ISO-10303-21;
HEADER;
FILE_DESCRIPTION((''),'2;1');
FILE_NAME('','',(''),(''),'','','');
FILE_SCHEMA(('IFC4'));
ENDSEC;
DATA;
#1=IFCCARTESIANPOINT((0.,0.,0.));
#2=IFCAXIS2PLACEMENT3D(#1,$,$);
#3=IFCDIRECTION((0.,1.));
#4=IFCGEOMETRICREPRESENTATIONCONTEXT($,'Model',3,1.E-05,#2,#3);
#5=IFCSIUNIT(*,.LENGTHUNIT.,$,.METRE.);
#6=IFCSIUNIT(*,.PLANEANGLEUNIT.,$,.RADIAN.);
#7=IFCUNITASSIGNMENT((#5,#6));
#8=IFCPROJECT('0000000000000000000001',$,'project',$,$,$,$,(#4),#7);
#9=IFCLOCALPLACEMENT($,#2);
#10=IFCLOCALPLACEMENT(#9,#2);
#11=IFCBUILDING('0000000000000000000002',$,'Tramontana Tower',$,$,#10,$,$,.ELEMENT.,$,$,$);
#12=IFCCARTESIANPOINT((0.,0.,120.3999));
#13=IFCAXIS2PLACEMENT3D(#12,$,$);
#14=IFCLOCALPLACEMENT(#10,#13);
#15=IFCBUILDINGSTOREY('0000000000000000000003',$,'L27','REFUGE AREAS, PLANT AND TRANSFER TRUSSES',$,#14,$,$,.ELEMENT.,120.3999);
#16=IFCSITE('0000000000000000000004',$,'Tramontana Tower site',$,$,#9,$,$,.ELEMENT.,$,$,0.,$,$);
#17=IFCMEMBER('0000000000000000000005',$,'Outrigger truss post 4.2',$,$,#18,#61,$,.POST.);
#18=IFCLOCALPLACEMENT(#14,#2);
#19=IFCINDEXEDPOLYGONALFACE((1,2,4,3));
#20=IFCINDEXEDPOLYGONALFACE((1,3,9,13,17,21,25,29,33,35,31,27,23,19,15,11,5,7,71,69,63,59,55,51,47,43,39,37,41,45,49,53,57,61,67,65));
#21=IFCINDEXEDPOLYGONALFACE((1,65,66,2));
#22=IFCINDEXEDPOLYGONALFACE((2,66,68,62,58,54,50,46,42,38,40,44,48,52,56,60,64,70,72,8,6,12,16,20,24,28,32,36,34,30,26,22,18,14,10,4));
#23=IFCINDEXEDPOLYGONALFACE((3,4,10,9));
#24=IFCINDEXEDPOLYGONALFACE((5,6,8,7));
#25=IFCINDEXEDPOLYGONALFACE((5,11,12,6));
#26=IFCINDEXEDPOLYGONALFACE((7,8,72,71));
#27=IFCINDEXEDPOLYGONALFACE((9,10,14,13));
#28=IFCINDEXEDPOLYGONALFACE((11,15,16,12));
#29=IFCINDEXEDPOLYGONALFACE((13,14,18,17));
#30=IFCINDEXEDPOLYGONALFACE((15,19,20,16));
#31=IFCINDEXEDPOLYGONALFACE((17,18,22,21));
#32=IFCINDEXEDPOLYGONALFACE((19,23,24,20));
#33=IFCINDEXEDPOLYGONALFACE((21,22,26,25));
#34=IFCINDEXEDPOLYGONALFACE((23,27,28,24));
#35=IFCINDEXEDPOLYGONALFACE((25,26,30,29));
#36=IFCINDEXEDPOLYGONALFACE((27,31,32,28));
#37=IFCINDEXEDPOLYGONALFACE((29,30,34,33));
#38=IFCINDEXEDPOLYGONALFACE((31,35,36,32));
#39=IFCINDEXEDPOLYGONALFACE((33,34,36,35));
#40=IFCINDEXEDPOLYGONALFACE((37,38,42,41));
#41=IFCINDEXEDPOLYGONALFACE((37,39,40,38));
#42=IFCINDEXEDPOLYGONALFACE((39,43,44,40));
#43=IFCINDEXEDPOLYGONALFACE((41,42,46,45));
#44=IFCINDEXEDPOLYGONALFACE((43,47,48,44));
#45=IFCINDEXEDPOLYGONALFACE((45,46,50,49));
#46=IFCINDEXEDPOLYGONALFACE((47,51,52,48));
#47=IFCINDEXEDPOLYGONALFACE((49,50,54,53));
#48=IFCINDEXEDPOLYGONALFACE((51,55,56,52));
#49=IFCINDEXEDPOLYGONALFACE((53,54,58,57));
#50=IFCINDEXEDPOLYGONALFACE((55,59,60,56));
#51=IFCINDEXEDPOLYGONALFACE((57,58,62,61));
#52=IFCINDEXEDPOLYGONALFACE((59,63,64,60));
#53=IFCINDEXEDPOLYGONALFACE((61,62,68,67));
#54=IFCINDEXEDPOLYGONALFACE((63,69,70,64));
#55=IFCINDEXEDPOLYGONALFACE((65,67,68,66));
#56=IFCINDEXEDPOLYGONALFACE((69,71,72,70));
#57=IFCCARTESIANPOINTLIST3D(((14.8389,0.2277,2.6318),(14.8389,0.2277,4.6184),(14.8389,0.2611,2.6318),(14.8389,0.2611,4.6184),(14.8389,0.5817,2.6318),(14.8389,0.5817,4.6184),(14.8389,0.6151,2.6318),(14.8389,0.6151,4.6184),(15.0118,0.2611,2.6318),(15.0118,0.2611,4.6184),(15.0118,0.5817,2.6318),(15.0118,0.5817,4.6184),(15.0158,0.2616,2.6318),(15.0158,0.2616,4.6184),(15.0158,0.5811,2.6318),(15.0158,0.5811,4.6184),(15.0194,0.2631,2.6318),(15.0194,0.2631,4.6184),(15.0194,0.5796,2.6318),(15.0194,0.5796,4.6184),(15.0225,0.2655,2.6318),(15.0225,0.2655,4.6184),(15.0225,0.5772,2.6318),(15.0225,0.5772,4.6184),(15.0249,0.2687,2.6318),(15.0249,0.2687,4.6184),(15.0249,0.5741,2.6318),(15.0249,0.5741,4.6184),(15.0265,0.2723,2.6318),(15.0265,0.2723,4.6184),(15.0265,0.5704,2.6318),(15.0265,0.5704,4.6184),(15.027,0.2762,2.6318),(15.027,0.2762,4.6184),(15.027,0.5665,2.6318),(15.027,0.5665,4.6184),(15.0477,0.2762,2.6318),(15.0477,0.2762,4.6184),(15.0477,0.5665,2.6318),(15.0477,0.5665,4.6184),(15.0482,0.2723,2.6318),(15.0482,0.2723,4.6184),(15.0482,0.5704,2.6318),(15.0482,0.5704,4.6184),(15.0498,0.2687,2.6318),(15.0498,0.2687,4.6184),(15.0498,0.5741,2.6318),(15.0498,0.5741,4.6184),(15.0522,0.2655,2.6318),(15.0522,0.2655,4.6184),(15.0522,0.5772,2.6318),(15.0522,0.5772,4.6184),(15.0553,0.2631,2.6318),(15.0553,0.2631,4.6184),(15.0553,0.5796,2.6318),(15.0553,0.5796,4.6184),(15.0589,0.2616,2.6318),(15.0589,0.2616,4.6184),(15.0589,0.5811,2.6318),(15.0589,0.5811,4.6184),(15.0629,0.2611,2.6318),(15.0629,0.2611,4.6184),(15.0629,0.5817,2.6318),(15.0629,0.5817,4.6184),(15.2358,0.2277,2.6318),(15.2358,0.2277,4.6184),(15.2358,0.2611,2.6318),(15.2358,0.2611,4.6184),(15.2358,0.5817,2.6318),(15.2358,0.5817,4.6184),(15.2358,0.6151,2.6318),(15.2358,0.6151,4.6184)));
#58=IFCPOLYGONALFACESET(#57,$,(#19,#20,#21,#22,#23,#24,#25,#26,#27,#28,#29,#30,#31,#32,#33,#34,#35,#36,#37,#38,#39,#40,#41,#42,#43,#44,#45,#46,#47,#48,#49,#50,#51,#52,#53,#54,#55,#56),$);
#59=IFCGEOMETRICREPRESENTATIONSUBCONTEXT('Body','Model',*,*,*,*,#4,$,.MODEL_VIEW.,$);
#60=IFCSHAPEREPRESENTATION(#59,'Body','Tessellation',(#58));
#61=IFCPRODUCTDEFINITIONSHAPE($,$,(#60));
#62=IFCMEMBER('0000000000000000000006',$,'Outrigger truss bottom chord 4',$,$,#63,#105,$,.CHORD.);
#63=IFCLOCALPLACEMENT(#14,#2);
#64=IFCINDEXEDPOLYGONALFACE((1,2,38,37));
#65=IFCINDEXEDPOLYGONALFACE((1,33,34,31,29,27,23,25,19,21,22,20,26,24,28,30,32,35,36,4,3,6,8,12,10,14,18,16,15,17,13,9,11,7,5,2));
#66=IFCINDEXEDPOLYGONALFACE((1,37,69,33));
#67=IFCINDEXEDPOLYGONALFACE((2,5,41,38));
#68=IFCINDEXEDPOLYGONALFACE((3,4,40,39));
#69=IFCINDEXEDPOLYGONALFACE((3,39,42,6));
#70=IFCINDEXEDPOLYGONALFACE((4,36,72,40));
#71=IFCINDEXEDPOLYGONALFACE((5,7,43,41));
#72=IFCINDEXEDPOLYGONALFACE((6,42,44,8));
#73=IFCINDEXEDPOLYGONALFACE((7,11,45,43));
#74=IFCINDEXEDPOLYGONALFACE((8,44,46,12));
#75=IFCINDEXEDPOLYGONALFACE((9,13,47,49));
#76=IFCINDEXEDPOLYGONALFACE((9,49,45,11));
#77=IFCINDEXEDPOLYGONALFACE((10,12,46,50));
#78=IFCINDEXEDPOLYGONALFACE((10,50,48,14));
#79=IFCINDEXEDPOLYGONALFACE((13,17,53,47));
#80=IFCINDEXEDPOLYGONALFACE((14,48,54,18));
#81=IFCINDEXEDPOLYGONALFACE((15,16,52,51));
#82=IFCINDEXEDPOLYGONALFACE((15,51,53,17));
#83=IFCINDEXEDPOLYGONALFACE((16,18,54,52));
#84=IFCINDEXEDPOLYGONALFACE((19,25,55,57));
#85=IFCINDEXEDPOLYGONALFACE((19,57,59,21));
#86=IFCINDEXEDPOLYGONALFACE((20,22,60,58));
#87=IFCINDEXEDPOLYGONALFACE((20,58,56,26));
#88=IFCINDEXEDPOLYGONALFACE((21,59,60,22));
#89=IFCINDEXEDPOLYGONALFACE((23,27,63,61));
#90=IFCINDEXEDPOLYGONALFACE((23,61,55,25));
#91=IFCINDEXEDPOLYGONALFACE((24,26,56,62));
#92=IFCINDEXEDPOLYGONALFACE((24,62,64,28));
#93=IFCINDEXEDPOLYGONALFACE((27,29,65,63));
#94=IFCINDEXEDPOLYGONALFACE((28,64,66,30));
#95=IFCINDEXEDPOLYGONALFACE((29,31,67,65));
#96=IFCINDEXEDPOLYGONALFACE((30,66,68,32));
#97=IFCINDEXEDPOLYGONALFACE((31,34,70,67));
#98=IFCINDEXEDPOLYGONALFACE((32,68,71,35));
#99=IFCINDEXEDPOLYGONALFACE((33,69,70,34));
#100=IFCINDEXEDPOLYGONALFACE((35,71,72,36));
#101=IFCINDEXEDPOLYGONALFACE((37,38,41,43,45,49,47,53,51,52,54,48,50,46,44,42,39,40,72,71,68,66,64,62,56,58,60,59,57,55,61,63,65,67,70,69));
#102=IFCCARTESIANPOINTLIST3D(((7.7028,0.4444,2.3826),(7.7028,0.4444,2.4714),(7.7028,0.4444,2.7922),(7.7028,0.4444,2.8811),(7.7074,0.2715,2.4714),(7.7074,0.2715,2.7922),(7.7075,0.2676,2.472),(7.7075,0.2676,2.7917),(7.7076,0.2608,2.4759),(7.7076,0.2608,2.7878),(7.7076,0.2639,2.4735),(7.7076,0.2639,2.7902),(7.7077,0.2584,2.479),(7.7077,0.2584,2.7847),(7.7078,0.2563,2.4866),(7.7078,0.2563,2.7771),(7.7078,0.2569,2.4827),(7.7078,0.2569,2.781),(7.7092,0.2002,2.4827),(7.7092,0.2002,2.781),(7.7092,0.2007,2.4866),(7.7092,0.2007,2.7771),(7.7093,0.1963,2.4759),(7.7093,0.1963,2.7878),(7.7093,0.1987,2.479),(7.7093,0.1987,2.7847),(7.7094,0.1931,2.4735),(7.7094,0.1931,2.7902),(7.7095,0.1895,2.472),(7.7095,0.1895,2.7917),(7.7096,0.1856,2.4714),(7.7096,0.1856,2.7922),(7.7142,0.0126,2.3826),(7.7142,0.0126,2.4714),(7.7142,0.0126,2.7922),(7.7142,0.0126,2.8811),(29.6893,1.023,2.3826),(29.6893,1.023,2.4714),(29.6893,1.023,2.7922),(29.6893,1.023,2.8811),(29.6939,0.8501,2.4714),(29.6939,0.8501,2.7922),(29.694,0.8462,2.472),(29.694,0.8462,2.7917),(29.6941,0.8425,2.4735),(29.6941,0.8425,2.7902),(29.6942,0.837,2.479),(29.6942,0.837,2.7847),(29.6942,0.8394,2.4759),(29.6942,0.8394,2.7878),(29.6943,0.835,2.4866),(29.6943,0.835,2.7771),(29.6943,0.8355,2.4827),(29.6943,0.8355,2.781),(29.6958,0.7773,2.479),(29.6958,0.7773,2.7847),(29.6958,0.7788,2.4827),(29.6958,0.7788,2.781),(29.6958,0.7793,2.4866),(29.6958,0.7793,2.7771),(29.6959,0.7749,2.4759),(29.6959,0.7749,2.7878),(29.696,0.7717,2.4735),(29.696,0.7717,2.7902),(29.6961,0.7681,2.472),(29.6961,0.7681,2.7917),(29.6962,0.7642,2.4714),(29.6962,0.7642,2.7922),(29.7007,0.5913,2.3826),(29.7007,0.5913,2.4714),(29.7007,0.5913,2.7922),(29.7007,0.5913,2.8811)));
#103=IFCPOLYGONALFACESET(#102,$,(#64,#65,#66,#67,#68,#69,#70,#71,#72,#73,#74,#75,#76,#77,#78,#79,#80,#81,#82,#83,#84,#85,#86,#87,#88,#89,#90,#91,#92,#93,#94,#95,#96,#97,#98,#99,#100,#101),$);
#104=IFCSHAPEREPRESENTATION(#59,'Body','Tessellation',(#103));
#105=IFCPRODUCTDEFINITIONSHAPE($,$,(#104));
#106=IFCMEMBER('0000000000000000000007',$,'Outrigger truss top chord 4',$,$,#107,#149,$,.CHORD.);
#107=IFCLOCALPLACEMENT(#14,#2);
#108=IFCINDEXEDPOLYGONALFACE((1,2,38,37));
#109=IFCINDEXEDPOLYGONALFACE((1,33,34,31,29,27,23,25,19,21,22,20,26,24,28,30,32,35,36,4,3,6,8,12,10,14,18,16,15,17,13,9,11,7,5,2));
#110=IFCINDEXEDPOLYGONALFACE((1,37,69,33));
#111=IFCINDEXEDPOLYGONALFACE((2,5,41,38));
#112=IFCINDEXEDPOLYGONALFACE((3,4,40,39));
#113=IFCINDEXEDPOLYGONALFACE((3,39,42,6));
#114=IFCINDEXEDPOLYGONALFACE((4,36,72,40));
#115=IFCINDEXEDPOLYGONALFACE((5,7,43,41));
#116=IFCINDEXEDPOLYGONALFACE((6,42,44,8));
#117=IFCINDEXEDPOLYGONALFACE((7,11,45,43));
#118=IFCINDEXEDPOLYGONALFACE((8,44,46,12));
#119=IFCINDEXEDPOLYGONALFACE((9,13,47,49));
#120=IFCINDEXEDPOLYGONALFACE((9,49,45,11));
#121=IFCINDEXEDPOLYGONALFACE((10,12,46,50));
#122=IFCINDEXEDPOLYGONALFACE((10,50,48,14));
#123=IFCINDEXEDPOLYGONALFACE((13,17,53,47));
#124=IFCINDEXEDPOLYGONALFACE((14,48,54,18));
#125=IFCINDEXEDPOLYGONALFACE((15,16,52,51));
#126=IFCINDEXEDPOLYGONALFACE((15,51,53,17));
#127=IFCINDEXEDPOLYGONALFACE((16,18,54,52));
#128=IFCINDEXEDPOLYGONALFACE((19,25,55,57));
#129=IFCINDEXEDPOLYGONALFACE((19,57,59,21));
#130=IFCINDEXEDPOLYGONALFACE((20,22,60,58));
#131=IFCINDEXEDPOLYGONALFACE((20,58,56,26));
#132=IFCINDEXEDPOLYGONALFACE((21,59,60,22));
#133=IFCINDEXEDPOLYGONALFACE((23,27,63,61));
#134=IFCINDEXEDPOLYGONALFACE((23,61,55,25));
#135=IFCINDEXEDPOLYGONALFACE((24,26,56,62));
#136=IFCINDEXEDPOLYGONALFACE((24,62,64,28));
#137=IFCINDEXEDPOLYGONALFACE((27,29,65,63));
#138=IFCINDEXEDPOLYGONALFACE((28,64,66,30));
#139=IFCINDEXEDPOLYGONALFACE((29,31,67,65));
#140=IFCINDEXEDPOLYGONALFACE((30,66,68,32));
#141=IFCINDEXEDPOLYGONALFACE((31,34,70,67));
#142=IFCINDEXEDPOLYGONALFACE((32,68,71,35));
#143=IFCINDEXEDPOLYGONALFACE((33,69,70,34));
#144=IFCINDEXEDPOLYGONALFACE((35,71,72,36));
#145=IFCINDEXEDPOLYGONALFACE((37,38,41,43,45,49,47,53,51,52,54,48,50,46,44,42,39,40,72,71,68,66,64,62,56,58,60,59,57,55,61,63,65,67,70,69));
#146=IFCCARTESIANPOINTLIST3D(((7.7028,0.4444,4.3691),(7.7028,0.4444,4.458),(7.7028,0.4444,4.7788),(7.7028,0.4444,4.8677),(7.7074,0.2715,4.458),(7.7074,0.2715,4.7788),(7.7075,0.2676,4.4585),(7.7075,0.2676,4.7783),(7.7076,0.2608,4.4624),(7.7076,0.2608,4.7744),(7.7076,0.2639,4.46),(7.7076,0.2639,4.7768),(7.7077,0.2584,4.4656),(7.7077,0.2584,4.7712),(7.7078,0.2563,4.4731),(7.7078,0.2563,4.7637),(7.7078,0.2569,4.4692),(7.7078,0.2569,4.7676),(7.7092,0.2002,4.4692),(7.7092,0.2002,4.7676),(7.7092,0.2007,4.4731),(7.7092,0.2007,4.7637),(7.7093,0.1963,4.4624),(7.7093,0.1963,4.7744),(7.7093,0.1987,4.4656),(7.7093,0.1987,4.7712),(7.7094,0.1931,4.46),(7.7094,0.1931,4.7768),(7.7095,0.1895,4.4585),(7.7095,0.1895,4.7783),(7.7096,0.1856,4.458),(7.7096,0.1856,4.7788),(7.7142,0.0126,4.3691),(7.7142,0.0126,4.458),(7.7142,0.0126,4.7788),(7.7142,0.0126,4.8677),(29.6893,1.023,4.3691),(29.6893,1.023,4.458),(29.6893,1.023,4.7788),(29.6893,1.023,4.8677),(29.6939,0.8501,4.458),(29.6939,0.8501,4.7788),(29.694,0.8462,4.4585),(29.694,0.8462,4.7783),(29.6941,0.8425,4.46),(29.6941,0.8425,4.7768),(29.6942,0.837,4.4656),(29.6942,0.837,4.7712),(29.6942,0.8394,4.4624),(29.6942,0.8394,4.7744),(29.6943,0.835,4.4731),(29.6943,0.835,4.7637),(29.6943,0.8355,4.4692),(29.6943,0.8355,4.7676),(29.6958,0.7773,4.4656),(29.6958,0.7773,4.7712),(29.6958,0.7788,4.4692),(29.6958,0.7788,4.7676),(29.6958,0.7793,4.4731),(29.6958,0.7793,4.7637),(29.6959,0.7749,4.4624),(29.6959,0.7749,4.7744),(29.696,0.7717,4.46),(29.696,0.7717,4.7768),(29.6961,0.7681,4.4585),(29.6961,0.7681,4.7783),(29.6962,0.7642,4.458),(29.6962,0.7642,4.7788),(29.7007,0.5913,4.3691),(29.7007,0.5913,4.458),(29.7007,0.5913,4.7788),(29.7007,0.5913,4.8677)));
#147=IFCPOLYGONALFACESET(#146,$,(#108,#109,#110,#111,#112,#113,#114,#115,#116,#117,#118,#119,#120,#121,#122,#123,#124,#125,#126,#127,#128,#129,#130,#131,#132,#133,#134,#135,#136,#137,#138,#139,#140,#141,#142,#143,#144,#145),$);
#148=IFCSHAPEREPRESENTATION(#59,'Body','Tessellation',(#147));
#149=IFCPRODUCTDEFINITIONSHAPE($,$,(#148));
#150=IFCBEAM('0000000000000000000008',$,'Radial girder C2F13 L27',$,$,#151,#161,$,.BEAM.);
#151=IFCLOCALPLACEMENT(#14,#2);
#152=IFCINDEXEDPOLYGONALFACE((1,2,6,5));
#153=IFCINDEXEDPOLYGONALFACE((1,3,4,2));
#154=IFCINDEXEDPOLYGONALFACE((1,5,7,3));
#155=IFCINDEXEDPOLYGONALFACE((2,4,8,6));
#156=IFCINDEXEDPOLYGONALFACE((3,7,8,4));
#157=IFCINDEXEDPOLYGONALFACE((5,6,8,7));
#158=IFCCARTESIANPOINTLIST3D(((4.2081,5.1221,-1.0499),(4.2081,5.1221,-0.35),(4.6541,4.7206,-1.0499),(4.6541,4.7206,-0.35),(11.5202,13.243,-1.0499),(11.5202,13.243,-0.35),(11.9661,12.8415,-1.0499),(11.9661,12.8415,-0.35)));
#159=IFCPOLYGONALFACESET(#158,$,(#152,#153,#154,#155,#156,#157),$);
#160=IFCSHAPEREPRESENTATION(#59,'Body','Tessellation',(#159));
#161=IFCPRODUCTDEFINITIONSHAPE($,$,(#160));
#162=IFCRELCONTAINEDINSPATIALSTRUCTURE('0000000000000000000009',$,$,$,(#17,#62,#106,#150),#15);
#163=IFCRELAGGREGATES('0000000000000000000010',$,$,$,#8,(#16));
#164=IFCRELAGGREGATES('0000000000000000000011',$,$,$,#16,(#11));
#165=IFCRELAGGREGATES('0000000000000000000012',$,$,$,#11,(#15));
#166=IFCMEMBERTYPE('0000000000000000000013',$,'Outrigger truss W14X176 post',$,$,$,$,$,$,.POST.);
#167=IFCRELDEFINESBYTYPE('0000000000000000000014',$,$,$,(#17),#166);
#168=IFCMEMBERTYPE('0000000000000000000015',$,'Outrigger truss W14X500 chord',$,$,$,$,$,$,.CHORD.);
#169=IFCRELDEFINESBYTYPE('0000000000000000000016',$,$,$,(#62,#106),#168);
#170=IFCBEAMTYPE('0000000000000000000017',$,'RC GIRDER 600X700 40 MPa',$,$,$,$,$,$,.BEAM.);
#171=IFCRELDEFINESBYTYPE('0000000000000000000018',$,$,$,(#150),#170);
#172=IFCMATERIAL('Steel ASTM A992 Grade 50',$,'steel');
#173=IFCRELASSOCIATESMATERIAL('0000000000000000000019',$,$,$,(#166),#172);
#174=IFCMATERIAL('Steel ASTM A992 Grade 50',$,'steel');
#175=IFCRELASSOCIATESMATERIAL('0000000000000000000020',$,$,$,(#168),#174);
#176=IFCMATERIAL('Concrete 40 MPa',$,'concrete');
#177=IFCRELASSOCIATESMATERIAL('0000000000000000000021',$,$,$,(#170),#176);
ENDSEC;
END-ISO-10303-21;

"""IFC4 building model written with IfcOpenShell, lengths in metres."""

from ifc_helpers import new_model, si_unit, direction, frame, origin, origin_2d, place, context, subcontext, project, spatial, rectangle, i_section, extrude, material, material_profile, profile_set, type_object, element, save


model = new_model("IFC4")

# Units and contexts
model_context = context("Model", 3, precision=1e-05, world=origin(), true_north=direction((0.0, 1.0)))
body_context = subcontext(model_context, "Body", "Model", "MODEL_VIEW")
ifc_project = project(units=[si_unit("LENGTHUNIT", "METRE"), si_unit("PLANEANGLEUNIT", "RADIAN")], contexts=[model_context])

# Site, building, storey
site_placement = place(None, origin())
site = spatial("IfcSite", under=ifc_project, at=site_placement, Name="Tramontana Tower site", CompositionType="ELEMENT", RefElevation=0.0)
building_placement = place(site_placement, origin())
building = spatial("IfcBuilding", under=site, at=building_placement, Name="Tramontana Tower", CompositionType="ELEMENT")
storey_placement = place(building_placement, frame((0.0, 0.0, 120.3999)))
storey = spatial("IfcBuildingStorey", under=building, at=storey_placement, Name="L27", Description="REFUGE AREAS, PLANT AND TRANSFER TRUSSES", CompositionType="ELEMENT", Elevation=120.3999)

# Members
ifc_material_1 = material(Name="Steel ASTM A992 Grade 50", Category="steel")
ifc_material_profile_1 = material_profile(ifc_material_1, i_section(OverallWidth=0.397, OverallDepth=0.3875, WebThickness=0.0208, FlangeThickness=0.0334, FilletRadius=0.0151, at=origin_2d()), Name="W14X176")
ifc_profile_set_1 = profile_set([ifc_material_profile_1], Name="Steel ASTM A992 Grade 50")
member_type_1 = type_object("IfcMemberType", Name="Outrigger truss W14X176 post", PredefinedType="POST", material=ifc_profile_set_1)
for number, where, z_axis, x_axis, name in (
    (1, (15.0374, 0.4214, 2.6318), (0.0, 0.0, 1.0), (1.0, 0.0, 0.0), "Outrigger truss post 4.2"),
):
    element("IfcMember", number, at=place(storey_placement, frame(where, z_axis=z_axis, x_axis=x_axis)), inside=storey, type_object=member_type_1, Name=name, PredefinedType="POST", context=body_context, shape_type="SweptSolid", body=[
        extrude(i_section(OverallWidth=0.397, OverallDepth=0.3875, WebThickness=0.0208, FlangeThickness=0.0334, FilletRadius=0.0151, at=origin_2d()), origin(), (0.0, 0.0, 1.0), 1.9866),
    ])
ifc_material_2 = material(Name="Steel ASTM A992 Grade 50", Category="steel")
ifc_material_profile_2 = material_profile(ifc_material_2, i_section(OverallWidth=0.4319, OverallDepth=0.4985, WebThickness=0.0557, FlangeThickness=0.0889, FilletRadius=0.0151, at=origin_2d()), Name="W14X500")
ifc_profile_set_2 = profile_set([ifc_material_profile_2], Name="Steel ASTM A992 Grade 50")
member_type_2 = type_object("IfcMemberType", Name="Outrigger truss W14X500 chord", PredefinedType="CHORD", material=ifc_profile_set_2)
for number, where, z_axis, x_axis, name in (
    (2, (7.7085, 0.2285, 2.6318), (0.999654, 0.026308, 0.0), (-0.026308, 0.999654, 0.0), "Outrigger truss bottom chord 4"),
    (3, (7.7085, 0.2285, 4.6184), (0.999654, 0.026308, 0.0), (-0.026308, 0.999654, 0.0), "Outrigger truss top chord 4"),
):
    element("IfcMember", number, at=place(storey_placement, frame(where, z_axis=z_axis, x_axis=x_axis)), inside=storey, type_object=member_type_2, Name=name, PredefinedType="CHORD", context=body_context, shape_type="SweptSolid", body=[
        extrude(i_section(OverallWidth=0.4319, OverallDepth=0.4985, WebThickness=0.0557, FlangeThickness=0.0889, FilletRadius=0.0151, at=origin_2d()), origin(), (0.0, 0.0, 1.0), 21.9941),
    ])

# Beam
ifc_material_3 = material(Name="Concrete 40 MPa", Category="concrete")
ifc_material_profile_3 = material_profile(ifc_material_3, rectangle(XDim=0.6001, YDim=0.7, at=origin_2d()), Name="RC GIRDER 600X700 40 MPa")
ifc_profile_set_3 = profile_set([ifc_material_profile_3], Name="Concrete 40 MPa")
beam_type = type_object("IfcBeamType", Name="RC GIRDER 600X700 40 MPa", PredefinedType="BEAM", material=ifc_profile_set_3)
beam_placement = place(storey_placement, frame((11.7432, 13.0422, -0.7), z_axis=(-0.669129, -0.743146, 0.0), x_axis=(0.743146, -0.669129, 0.0)))
element("IfcBeam", 4, at=beam_placement, inside=storey, type_object=beam_type, Name="Radial girder C2F13 L27", PredefinedType="BEAM", context=body_context, shape_type="SweptSolid", body=[
    extrude(rectangle(XDim=0.6001, YDim=0.7, at=origin_2d()), origin(), (0.0, 0.0, 1.0), 10.9277),
])

save(model, "model.ifc")
